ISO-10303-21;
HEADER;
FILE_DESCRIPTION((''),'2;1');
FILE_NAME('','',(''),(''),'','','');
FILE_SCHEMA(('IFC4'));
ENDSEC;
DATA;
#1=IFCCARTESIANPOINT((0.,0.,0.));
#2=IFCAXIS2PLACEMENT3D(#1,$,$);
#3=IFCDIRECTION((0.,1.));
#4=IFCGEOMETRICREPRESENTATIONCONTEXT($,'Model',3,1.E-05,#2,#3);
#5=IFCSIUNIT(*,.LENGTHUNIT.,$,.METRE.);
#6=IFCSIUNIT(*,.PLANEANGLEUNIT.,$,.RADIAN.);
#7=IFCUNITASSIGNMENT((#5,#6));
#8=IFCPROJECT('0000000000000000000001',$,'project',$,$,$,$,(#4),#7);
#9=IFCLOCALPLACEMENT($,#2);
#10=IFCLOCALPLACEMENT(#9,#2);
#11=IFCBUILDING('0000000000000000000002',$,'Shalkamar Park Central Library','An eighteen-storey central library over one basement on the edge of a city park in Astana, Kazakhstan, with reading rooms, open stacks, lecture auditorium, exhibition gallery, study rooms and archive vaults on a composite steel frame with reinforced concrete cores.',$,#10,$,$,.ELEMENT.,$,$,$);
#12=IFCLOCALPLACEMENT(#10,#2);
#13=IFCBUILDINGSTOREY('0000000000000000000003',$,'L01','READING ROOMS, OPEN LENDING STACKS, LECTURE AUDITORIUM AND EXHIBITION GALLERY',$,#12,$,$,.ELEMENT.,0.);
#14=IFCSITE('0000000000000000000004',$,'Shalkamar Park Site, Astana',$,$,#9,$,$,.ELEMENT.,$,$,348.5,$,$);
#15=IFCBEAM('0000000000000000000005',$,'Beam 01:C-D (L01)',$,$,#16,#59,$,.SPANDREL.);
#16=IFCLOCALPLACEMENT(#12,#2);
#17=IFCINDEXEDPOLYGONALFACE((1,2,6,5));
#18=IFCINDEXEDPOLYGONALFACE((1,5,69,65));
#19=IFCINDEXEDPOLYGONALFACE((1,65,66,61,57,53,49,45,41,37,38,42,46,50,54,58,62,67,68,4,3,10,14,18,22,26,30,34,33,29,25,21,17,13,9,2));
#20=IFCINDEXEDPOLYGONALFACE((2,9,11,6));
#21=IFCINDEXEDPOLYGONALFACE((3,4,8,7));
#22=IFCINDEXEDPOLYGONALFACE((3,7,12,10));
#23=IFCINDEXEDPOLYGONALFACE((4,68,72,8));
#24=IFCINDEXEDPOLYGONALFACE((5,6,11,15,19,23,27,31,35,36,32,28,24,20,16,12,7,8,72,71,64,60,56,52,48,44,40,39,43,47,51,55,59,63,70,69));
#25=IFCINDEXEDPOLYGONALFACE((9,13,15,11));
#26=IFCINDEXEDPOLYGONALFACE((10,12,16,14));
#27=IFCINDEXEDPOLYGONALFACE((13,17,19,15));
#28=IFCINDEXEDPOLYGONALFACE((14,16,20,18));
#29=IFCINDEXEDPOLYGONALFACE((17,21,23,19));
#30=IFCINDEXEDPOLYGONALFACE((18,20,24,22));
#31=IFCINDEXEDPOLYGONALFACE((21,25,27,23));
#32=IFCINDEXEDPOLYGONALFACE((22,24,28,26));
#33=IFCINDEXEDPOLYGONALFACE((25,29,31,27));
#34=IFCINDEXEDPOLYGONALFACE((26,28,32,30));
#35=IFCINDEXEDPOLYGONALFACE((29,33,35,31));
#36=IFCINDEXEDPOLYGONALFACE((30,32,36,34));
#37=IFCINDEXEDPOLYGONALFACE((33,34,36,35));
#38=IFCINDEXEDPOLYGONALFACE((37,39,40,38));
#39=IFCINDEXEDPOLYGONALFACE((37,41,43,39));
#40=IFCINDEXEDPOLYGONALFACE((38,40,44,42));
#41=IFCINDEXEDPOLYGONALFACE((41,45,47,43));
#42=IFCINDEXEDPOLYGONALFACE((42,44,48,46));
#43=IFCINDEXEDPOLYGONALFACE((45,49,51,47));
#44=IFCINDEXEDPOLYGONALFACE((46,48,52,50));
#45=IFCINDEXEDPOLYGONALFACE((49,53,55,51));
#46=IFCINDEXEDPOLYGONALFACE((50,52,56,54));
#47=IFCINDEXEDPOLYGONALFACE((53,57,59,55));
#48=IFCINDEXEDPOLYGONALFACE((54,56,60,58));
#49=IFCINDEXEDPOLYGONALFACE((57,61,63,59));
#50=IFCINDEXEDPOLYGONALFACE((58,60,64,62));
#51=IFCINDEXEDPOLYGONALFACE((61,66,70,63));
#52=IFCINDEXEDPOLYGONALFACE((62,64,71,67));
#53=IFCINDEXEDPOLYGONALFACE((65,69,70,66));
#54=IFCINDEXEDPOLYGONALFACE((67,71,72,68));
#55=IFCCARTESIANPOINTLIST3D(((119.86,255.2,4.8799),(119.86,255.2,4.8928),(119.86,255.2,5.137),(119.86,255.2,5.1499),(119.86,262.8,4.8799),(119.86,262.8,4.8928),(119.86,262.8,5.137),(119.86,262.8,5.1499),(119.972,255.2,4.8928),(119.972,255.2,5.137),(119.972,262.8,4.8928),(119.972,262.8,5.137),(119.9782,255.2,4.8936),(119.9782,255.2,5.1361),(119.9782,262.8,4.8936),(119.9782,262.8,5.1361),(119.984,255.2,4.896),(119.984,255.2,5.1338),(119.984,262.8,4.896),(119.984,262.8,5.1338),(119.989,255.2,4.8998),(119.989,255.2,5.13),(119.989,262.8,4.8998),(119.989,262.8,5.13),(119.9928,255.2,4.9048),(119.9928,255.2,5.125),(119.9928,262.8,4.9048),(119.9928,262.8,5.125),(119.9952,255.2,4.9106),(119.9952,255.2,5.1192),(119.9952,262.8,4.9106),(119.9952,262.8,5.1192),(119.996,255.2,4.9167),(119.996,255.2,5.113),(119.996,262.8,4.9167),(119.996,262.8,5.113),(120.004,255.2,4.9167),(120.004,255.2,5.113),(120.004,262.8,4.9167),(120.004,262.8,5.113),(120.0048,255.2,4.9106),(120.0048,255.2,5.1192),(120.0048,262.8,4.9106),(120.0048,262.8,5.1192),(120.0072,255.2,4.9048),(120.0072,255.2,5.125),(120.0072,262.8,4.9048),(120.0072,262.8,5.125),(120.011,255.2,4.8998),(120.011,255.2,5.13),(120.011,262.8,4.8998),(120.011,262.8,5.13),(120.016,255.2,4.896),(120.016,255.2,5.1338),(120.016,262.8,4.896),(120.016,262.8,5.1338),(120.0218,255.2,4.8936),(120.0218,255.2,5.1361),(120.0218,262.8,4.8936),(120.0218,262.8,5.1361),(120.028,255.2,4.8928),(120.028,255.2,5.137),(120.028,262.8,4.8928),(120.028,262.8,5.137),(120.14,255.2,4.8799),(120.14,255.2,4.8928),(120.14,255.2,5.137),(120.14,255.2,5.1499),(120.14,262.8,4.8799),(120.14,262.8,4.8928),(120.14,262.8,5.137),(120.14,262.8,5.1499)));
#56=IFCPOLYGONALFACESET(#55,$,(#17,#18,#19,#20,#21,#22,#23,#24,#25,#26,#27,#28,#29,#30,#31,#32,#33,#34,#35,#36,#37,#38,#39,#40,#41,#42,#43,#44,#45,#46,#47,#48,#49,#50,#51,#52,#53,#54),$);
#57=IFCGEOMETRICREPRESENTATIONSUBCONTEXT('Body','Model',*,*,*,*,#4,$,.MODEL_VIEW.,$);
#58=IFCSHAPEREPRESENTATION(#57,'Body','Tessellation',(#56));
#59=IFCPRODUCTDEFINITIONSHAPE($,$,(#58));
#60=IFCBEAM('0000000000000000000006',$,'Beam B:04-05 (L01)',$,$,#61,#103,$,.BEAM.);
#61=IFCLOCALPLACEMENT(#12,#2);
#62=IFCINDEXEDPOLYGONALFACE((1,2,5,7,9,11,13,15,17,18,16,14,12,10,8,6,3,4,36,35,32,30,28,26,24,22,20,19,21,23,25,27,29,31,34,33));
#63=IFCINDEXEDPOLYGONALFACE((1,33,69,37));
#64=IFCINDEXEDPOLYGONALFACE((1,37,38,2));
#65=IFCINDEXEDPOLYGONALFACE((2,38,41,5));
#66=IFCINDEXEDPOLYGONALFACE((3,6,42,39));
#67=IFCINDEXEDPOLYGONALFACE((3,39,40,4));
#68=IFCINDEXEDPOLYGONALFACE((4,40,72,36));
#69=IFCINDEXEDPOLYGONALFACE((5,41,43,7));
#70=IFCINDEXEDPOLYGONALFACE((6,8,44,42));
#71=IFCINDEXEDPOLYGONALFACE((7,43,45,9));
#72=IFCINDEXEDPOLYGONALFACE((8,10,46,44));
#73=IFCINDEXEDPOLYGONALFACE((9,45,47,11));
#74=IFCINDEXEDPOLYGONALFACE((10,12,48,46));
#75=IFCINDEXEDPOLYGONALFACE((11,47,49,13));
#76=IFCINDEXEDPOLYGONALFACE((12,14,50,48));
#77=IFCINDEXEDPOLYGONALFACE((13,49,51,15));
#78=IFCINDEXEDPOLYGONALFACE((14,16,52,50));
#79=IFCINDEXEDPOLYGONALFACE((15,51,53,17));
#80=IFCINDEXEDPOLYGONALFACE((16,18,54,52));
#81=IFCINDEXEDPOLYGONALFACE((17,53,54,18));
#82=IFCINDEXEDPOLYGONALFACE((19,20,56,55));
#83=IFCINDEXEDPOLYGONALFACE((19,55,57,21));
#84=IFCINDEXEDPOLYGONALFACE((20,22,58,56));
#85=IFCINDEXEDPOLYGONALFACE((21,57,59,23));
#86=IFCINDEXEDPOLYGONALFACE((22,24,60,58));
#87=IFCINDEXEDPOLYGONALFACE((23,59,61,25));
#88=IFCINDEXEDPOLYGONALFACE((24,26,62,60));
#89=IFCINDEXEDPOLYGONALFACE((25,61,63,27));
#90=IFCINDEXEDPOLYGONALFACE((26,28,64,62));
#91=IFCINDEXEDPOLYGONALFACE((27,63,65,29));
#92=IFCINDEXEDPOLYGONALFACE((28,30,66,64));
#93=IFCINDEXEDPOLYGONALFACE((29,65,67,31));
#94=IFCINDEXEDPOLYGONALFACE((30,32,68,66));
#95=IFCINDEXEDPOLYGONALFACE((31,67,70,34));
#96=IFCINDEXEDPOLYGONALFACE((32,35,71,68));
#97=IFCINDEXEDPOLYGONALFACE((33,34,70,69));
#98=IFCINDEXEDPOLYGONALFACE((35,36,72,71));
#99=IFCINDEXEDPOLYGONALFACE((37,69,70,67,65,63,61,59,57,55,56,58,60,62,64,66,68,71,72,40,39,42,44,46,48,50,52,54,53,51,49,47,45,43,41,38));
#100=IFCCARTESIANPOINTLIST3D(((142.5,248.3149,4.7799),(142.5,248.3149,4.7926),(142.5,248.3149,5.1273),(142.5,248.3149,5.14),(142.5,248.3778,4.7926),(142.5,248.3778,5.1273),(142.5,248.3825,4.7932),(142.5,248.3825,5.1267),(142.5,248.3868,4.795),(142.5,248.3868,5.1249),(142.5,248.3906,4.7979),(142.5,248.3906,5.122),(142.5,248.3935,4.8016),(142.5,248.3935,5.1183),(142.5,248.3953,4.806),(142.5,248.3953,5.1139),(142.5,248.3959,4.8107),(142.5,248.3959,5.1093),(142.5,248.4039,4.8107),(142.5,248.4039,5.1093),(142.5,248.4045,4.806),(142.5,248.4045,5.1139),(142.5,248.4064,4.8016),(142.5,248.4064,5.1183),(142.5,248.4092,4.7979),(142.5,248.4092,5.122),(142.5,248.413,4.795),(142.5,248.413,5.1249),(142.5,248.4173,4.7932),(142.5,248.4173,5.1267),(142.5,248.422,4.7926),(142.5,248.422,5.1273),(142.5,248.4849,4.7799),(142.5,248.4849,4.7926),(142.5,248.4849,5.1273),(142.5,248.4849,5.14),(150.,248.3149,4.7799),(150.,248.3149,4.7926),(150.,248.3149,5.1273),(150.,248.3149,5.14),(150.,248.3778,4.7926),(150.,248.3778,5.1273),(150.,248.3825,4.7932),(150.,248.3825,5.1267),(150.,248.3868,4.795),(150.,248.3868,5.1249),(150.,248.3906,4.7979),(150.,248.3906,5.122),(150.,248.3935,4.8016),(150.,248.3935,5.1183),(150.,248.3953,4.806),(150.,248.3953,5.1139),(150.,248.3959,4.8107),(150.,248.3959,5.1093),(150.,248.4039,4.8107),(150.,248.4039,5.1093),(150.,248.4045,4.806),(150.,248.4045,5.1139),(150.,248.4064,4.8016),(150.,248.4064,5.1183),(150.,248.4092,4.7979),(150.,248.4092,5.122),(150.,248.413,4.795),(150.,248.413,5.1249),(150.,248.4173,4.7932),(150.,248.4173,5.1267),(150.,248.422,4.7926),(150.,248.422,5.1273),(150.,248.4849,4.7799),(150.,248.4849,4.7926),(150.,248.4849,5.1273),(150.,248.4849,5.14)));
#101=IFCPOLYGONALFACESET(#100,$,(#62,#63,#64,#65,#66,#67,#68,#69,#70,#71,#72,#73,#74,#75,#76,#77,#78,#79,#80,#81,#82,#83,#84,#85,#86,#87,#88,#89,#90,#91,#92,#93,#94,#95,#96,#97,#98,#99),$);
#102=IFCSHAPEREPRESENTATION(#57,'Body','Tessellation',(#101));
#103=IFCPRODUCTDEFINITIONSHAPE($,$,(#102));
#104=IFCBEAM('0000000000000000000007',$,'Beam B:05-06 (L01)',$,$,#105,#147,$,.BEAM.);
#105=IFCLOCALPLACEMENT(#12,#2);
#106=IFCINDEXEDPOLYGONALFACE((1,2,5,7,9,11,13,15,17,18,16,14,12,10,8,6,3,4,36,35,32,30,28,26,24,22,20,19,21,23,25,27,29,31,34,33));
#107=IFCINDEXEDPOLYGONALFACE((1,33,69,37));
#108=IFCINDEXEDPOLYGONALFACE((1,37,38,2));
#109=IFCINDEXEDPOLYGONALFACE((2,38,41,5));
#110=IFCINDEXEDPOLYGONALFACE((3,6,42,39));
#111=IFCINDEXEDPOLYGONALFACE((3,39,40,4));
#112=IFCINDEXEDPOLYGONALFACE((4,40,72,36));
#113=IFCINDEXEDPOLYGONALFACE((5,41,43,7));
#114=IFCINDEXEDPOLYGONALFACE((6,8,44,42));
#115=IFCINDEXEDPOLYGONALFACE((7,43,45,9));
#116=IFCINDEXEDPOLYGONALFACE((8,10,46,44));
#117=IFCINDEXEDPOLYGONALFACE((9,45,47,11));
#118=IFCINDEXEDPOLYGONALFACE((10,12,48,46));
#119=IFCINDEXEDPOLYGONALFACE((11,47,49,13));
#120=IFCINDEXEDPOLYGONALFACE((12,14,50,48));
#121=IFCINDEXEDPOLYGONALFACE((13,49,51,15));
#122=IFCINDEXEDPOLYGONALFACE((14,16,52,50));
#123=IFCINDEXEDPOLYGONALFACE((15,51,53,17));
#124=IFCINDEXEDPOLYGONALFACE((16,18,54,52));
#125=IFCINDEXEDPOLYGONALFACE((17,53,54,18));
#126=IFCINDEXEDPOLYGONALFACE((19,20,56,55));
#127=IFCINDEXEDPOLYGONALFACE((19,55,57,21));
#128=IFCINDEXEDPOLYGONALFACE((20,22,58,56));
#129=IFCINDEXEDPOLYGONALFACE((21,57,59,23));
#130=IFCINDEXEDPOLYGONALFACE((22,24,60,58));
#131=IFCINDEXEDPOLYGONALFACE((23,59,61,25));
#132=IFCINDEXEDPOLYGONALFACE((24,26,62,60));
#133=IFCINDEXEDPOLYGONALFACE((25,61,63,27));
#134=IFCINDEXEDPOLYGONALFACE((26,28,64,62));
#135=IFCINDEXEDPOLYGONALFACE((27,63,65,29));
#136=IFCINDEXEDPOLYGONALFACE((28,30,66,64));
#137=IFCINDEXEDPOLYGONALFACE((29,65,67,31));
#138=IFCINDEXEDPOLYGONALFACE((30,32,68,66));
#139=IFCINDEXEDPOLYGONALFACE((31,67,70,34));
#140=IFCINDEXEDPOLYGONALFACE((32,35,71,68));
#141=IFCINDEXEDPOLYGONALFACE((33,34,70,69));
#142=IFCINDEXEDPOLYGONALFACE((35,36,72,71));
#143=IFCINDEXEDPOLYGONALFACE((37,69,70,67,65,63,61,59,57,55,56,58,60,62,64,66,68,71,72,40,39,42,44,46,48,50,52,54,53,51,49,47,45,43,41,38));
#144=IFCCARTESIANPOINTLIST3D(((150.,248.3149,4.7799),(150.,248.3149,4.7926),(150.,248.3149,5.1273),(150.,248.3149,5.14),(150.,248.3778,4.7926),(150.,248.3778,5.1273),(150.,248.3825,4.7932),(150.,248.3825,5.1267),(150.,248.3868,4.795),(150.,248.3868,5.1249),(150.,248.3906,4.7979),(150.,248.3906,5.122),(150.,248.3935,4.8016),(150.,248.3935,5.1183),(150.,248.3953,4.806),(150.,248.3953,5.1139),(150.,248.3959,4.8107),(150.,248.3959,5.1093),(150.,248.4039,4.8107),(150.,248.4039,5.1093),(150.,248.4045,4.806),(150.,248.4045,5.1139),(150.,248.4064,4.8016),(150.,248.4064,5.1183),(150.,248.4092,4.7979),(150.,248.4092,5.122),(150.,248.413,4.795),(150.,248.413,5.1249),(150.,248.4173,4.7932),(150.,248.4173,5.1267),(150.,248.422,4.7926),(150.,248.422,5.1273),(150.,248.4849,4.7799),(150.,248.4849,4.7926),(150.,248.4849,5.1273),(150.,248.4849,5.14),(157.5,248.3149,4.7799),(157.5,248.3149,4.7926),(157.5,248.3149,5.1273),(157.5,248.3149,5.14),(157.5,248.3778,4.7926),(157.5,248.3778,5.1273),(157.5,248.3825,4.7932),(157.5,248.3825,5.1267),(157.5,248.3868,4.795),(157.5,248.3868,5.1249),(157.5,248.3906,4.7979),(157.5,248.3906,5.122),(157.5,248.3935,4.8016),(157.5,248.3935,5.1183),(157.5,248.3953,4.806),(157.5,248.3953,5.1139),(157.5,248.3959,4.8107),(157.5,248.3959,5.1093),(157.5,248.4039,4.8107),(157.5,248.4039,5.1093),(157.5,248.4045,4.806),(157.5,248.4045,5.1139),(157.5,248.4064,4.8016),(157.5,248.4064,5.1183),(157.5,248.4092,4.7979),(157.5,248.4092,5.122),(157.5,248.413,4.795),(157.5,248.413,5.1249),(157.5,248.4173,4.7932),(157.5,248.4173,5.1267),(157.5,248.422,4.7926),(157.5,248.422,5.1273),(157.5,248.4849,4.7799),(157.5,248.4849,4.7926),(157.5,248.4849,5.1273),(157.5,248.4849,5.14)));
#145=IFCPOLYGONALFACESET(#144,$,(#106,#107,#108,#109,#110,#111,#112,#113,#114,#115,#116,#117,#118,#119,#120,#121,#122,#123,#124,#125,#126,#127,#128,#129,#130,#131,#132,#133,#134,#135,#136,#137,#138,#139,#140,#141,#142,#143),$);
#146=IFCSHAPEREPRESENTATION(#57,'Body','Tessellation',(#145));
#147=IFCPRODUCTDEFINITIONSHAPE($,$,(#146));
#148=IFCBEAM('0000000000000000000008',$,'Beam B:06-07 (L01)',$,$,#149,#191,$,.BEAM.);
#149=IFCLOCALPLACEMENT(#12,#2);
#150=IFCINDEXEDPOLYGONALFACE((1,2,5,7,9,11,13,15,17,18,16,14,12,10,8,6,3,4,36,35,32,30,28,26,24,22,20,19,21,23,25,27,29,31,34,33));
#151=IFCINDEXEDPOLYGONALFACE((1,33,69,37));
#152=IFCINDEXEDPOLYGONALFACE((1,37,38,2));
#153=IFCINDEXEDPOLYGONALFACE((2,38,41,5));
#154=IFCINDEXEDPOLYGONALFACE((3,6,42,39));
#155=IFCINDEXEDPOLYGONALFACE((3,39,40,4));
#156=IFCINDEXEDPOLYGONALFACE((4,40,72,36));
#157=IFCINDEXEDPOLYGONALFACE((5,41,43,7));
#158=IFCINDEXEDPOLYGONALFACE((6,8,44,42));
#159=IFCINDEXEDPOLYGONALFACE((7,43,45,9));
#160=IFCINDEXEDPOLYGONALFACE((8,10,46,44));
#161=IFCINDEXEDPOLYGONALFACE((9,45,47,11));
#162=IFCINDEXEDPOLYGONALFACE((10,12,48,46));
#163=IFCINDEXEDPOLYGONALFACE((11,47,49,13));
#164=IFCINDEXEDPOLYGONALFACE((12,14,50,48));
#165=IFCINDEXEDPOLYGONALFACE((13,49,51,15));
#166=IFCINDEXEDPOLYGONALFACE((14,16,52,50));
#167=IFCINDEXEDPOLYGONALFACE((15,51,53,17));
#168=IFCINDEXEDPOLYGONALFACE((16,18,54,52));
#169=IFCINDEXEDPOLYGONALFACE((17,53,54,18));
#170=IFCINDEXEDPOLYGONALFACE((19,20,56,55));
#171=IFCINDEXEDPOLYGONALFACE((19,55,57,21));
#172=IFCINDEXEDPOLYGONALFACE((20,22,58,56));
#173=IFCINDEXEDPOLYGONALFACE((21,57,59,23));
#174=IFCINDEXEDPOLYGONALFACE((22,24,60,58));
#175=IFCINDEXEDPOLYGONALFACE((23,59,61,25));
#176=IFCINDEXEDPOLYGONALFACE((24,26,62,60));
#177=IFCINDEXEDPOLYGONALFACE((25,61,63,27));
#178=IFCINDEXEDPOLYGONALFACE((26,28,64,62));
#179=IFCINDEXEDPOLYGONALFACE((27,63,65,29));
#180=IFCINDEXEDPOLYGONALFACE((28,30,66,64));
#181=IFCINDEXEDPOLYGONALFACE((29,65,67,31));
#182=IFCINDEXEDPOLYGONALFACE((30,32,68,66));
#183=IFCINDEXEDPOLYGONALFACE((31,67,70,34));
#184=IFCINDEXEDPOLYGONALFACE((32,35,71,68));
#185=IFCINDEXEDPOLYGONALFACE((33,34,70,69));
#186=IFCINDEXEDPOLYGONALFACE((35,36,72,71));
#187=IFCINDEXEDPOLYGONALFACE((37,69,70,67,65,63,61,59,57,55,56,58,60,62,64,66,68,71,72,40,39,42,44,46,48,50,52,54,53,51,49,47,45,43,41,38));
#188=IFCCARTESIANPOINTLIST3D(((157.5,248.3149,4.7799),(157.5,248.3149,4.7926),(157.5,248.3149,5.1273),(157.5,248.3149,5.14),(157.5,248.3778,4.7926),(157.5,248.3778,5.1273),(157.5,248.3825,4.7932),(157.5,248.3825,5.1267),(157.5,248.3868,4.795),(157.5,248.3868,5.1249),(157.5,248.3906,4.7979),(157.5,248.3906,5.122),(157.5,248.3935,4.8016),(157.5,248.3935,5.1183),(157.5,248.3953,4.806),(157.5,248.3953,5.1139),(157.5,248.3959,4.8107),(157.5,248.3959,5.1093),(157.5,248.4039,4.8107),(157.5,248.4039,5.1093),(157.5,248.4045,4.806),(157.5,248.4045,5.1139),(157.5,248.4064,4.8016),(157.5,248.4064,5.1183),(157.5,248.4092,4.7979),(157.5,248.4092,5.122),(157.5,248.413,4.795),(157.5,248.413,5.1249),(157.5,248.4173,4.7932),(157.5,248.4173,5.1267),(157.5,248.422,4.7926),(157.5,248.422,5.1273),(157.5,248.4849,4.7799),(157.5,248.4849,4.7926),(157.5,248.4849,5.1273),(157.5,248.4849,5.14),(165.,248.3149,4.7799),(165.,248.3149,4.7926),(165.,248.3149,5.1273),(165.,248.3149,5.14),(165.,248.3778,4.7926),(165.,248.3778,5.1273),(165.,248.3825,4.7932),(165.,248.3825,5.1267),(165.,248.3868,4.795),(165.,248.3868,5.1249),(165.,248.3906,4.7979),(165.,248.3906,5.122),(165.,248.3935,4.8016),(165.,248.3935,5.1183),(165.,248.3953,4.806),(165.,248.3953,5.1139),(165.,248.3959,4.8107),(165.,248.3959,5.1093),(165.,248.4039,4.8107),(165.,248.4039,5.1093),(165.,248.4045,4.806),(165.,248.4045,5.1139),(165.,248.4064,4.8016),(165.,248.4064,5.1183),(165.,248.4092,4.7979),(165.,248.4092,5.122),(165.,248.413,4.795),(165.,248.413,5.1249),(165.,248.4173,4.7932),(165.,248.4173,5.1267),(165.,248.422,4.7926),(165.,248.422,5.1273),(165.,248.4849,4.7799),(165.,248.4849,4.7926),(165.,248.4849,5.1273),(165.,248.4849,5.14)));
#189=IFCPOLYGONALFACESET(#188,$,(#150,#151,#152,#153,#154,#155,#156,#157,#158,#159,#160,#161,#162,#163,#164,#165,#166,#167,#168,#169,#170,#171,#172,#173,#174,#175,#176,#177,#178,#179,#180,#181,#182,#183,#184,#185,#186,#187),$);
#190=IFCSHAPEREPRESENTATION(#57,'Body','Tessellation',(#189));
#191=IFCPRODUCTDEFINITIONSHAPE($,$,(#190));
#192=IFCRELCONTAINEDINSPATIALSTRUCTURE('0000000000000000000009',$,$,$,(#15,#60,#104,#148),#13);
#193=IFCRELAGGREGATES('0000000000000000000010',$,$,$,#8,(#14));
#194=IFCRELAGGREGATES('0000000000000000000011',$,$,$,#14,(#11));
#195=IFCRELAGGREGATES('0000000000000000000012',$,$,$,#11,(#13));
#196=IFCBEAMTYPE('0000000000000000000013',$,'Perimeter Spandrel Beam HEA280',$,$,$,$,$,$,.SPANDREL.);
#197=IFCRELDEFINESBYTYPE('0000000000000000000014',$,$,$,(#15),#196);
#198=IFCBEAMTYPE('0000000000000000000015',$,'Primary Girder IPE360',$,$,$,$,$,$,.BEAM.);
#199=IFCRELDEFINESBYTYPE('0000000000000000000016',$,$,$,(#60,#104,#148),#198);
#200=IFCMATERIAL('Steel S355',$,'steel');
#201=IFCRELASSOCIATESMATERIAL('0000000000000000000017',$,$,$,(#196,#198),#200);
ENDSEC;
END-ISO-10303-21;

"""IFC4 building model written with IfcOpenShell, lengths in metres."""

from ifc_helpers import new_model, si_unit, direction, frame, origin, origin_2d, place, context, subcontext, project, spatial, i_section, extrude, material, material_profile, profile_set, type_object, element, save


model = new_model("IFC4")

# Units and contexts
model_context = context("Model", 3, precision=1e-05, world=origin(), true_north=direction((0.0, 1.0)))
body_context = subcontext(model_context, "Body", "Model", "MODEL_VIEW")
ifc_project = project(units=[si_unit("LENGTHUNIT", "METRE"), si_unit("PLANEANGLEUNIT", "RADIAN")], contexts=[model_context])

# Site, building, storey
site_placement = place(None, origin())
site = spatial("IfcSite", under=ifc_project, at=site_placement, Name="Shalkamar Park Site, Astana", CompositionType="ELEMENT", RefElevation=348.5)
building_placement = place(site_placement, origin())
building = spatial("IfcBuilding", under=site, at=building_placement, Name="Shalkamar Park Central Library", Description="An eighteen-storey central library over one basement on the edge of a city park in Astana, Kazakhstan, with reading rooms, open stacks, lecture auditorium, exhibition gallery, study rooms and archive vaults on a composite steel frame with reinforced concrete cores.", CompositionType="ELEMENT")
storey_placement = place(building_placement, origin())
storey = spatial("IfcBuildingStorey", under=building, at=storey_placement, Name="L01", Description="READING ROOMS, OPEN LENDING STACKS, LECTURE AUDITORIUM AND EXHIBITION GALLERY", CompositionType="ELEMENT", Elevation=0.0)

# Shared definitions
ifc_material_1 = material(Name="Steel S355", Category="steel")

# Beams
ifc_material_profile_1 = material_profile(ifc_material_1, i_section(OverallWidth=0.28, OverallDepth=0.27, WebThickness=0.0081, FlangeThickness=0.0129, FilletRadius=0.0239, at=origin_2d()), Name="HEA 280")
ifc_profile_set_1 = profile_set([ifc_material_profile_1], Name="Steel S355")
beam_type_1 = type_object("IfcBeamType", Name="Perimeter Spandrel Beam HEA280", PredefinedType="SPANDREL", material=ifc_profile_set_1)
beam_1_placement = place(storey_placement, frame((120.0, 255.2, 5.0149), z_axis=(0.0, 1.0, 0.0), x_axis=(-1.0, 0.0, 0.0)))
element("IfcBeam", 1, at=beam_1_placement, inside=storey, type_object=beam_type_1, Name="Beam 01:C-D (L01)", PredefinedType="SPANDREL", context=body_context, shape_type="SweptSolid", body=[
    extrude(i_section(OverallWidth=0.28, OverallDepth=0.27, WebThickness=0.0081, FlangeThickness=0.0129, FilletRadius=0.0239, at=origin_2d()), origin(), (0.0, 0.0, 1.0), 7.6001),
])
ifc_material_profile_2 = material_profile(ifc_material_1, i_section(OverallWidth=0.1699, OverallDepth=0.3601, WebThickness=0.0081, FlangeThickness=0.0127, FilletRadius=0.0181, at=origin_2d()), Name="IPE 360")
ifc_profile_set_2 = profile_set([ifc_material_profile_2], Name="Steel S355")
beam_type_2 = type_object("IfcBeamType", Name="Primary Girder IPE360", PredefinedType="BEAM", material=ifc_profile_set_2)
for number, where, z_axis, x_axis, name in (
    (2, (142.5, 248.3999, 4.96), (1.0, 0.0, 0.0), (0.0, 1.0, 0.0), "Beam B:04-05 (L01)"),
    (3, (150.0, 248.3999, 4.96), (1.0, 0.0, 0.0), (0.0, 1.0, 0.0), "Beam B:05-06 (L01)"),
    (4, (157.5, 248.3999, 4.96), (1.0, 0.0, 0.0), (0.0, 1.0, 0.0), "Beam B:06-07 (L01)"),
):
    element("IfcBeam", number, at=place(storey_placement, frame(where, z_axis=z_axis, x_axis=x_axis)), inside=storey, type_object=beam_type_2, Name=name, PredefinedType="BEAM", context=body_context, shape_type="SweptSolid", body=[
        extrude(i_section(OverallWidth=0.1699, OverallDepth=0.3601, WebThickness=0.0081, FlangeThickness=0.0127, FilletRadius=0.0181, at=origin_2d()), origin(), (0.0, 0.0, 1.0), 7.5),
    ])

save(model, "model.ifc")
